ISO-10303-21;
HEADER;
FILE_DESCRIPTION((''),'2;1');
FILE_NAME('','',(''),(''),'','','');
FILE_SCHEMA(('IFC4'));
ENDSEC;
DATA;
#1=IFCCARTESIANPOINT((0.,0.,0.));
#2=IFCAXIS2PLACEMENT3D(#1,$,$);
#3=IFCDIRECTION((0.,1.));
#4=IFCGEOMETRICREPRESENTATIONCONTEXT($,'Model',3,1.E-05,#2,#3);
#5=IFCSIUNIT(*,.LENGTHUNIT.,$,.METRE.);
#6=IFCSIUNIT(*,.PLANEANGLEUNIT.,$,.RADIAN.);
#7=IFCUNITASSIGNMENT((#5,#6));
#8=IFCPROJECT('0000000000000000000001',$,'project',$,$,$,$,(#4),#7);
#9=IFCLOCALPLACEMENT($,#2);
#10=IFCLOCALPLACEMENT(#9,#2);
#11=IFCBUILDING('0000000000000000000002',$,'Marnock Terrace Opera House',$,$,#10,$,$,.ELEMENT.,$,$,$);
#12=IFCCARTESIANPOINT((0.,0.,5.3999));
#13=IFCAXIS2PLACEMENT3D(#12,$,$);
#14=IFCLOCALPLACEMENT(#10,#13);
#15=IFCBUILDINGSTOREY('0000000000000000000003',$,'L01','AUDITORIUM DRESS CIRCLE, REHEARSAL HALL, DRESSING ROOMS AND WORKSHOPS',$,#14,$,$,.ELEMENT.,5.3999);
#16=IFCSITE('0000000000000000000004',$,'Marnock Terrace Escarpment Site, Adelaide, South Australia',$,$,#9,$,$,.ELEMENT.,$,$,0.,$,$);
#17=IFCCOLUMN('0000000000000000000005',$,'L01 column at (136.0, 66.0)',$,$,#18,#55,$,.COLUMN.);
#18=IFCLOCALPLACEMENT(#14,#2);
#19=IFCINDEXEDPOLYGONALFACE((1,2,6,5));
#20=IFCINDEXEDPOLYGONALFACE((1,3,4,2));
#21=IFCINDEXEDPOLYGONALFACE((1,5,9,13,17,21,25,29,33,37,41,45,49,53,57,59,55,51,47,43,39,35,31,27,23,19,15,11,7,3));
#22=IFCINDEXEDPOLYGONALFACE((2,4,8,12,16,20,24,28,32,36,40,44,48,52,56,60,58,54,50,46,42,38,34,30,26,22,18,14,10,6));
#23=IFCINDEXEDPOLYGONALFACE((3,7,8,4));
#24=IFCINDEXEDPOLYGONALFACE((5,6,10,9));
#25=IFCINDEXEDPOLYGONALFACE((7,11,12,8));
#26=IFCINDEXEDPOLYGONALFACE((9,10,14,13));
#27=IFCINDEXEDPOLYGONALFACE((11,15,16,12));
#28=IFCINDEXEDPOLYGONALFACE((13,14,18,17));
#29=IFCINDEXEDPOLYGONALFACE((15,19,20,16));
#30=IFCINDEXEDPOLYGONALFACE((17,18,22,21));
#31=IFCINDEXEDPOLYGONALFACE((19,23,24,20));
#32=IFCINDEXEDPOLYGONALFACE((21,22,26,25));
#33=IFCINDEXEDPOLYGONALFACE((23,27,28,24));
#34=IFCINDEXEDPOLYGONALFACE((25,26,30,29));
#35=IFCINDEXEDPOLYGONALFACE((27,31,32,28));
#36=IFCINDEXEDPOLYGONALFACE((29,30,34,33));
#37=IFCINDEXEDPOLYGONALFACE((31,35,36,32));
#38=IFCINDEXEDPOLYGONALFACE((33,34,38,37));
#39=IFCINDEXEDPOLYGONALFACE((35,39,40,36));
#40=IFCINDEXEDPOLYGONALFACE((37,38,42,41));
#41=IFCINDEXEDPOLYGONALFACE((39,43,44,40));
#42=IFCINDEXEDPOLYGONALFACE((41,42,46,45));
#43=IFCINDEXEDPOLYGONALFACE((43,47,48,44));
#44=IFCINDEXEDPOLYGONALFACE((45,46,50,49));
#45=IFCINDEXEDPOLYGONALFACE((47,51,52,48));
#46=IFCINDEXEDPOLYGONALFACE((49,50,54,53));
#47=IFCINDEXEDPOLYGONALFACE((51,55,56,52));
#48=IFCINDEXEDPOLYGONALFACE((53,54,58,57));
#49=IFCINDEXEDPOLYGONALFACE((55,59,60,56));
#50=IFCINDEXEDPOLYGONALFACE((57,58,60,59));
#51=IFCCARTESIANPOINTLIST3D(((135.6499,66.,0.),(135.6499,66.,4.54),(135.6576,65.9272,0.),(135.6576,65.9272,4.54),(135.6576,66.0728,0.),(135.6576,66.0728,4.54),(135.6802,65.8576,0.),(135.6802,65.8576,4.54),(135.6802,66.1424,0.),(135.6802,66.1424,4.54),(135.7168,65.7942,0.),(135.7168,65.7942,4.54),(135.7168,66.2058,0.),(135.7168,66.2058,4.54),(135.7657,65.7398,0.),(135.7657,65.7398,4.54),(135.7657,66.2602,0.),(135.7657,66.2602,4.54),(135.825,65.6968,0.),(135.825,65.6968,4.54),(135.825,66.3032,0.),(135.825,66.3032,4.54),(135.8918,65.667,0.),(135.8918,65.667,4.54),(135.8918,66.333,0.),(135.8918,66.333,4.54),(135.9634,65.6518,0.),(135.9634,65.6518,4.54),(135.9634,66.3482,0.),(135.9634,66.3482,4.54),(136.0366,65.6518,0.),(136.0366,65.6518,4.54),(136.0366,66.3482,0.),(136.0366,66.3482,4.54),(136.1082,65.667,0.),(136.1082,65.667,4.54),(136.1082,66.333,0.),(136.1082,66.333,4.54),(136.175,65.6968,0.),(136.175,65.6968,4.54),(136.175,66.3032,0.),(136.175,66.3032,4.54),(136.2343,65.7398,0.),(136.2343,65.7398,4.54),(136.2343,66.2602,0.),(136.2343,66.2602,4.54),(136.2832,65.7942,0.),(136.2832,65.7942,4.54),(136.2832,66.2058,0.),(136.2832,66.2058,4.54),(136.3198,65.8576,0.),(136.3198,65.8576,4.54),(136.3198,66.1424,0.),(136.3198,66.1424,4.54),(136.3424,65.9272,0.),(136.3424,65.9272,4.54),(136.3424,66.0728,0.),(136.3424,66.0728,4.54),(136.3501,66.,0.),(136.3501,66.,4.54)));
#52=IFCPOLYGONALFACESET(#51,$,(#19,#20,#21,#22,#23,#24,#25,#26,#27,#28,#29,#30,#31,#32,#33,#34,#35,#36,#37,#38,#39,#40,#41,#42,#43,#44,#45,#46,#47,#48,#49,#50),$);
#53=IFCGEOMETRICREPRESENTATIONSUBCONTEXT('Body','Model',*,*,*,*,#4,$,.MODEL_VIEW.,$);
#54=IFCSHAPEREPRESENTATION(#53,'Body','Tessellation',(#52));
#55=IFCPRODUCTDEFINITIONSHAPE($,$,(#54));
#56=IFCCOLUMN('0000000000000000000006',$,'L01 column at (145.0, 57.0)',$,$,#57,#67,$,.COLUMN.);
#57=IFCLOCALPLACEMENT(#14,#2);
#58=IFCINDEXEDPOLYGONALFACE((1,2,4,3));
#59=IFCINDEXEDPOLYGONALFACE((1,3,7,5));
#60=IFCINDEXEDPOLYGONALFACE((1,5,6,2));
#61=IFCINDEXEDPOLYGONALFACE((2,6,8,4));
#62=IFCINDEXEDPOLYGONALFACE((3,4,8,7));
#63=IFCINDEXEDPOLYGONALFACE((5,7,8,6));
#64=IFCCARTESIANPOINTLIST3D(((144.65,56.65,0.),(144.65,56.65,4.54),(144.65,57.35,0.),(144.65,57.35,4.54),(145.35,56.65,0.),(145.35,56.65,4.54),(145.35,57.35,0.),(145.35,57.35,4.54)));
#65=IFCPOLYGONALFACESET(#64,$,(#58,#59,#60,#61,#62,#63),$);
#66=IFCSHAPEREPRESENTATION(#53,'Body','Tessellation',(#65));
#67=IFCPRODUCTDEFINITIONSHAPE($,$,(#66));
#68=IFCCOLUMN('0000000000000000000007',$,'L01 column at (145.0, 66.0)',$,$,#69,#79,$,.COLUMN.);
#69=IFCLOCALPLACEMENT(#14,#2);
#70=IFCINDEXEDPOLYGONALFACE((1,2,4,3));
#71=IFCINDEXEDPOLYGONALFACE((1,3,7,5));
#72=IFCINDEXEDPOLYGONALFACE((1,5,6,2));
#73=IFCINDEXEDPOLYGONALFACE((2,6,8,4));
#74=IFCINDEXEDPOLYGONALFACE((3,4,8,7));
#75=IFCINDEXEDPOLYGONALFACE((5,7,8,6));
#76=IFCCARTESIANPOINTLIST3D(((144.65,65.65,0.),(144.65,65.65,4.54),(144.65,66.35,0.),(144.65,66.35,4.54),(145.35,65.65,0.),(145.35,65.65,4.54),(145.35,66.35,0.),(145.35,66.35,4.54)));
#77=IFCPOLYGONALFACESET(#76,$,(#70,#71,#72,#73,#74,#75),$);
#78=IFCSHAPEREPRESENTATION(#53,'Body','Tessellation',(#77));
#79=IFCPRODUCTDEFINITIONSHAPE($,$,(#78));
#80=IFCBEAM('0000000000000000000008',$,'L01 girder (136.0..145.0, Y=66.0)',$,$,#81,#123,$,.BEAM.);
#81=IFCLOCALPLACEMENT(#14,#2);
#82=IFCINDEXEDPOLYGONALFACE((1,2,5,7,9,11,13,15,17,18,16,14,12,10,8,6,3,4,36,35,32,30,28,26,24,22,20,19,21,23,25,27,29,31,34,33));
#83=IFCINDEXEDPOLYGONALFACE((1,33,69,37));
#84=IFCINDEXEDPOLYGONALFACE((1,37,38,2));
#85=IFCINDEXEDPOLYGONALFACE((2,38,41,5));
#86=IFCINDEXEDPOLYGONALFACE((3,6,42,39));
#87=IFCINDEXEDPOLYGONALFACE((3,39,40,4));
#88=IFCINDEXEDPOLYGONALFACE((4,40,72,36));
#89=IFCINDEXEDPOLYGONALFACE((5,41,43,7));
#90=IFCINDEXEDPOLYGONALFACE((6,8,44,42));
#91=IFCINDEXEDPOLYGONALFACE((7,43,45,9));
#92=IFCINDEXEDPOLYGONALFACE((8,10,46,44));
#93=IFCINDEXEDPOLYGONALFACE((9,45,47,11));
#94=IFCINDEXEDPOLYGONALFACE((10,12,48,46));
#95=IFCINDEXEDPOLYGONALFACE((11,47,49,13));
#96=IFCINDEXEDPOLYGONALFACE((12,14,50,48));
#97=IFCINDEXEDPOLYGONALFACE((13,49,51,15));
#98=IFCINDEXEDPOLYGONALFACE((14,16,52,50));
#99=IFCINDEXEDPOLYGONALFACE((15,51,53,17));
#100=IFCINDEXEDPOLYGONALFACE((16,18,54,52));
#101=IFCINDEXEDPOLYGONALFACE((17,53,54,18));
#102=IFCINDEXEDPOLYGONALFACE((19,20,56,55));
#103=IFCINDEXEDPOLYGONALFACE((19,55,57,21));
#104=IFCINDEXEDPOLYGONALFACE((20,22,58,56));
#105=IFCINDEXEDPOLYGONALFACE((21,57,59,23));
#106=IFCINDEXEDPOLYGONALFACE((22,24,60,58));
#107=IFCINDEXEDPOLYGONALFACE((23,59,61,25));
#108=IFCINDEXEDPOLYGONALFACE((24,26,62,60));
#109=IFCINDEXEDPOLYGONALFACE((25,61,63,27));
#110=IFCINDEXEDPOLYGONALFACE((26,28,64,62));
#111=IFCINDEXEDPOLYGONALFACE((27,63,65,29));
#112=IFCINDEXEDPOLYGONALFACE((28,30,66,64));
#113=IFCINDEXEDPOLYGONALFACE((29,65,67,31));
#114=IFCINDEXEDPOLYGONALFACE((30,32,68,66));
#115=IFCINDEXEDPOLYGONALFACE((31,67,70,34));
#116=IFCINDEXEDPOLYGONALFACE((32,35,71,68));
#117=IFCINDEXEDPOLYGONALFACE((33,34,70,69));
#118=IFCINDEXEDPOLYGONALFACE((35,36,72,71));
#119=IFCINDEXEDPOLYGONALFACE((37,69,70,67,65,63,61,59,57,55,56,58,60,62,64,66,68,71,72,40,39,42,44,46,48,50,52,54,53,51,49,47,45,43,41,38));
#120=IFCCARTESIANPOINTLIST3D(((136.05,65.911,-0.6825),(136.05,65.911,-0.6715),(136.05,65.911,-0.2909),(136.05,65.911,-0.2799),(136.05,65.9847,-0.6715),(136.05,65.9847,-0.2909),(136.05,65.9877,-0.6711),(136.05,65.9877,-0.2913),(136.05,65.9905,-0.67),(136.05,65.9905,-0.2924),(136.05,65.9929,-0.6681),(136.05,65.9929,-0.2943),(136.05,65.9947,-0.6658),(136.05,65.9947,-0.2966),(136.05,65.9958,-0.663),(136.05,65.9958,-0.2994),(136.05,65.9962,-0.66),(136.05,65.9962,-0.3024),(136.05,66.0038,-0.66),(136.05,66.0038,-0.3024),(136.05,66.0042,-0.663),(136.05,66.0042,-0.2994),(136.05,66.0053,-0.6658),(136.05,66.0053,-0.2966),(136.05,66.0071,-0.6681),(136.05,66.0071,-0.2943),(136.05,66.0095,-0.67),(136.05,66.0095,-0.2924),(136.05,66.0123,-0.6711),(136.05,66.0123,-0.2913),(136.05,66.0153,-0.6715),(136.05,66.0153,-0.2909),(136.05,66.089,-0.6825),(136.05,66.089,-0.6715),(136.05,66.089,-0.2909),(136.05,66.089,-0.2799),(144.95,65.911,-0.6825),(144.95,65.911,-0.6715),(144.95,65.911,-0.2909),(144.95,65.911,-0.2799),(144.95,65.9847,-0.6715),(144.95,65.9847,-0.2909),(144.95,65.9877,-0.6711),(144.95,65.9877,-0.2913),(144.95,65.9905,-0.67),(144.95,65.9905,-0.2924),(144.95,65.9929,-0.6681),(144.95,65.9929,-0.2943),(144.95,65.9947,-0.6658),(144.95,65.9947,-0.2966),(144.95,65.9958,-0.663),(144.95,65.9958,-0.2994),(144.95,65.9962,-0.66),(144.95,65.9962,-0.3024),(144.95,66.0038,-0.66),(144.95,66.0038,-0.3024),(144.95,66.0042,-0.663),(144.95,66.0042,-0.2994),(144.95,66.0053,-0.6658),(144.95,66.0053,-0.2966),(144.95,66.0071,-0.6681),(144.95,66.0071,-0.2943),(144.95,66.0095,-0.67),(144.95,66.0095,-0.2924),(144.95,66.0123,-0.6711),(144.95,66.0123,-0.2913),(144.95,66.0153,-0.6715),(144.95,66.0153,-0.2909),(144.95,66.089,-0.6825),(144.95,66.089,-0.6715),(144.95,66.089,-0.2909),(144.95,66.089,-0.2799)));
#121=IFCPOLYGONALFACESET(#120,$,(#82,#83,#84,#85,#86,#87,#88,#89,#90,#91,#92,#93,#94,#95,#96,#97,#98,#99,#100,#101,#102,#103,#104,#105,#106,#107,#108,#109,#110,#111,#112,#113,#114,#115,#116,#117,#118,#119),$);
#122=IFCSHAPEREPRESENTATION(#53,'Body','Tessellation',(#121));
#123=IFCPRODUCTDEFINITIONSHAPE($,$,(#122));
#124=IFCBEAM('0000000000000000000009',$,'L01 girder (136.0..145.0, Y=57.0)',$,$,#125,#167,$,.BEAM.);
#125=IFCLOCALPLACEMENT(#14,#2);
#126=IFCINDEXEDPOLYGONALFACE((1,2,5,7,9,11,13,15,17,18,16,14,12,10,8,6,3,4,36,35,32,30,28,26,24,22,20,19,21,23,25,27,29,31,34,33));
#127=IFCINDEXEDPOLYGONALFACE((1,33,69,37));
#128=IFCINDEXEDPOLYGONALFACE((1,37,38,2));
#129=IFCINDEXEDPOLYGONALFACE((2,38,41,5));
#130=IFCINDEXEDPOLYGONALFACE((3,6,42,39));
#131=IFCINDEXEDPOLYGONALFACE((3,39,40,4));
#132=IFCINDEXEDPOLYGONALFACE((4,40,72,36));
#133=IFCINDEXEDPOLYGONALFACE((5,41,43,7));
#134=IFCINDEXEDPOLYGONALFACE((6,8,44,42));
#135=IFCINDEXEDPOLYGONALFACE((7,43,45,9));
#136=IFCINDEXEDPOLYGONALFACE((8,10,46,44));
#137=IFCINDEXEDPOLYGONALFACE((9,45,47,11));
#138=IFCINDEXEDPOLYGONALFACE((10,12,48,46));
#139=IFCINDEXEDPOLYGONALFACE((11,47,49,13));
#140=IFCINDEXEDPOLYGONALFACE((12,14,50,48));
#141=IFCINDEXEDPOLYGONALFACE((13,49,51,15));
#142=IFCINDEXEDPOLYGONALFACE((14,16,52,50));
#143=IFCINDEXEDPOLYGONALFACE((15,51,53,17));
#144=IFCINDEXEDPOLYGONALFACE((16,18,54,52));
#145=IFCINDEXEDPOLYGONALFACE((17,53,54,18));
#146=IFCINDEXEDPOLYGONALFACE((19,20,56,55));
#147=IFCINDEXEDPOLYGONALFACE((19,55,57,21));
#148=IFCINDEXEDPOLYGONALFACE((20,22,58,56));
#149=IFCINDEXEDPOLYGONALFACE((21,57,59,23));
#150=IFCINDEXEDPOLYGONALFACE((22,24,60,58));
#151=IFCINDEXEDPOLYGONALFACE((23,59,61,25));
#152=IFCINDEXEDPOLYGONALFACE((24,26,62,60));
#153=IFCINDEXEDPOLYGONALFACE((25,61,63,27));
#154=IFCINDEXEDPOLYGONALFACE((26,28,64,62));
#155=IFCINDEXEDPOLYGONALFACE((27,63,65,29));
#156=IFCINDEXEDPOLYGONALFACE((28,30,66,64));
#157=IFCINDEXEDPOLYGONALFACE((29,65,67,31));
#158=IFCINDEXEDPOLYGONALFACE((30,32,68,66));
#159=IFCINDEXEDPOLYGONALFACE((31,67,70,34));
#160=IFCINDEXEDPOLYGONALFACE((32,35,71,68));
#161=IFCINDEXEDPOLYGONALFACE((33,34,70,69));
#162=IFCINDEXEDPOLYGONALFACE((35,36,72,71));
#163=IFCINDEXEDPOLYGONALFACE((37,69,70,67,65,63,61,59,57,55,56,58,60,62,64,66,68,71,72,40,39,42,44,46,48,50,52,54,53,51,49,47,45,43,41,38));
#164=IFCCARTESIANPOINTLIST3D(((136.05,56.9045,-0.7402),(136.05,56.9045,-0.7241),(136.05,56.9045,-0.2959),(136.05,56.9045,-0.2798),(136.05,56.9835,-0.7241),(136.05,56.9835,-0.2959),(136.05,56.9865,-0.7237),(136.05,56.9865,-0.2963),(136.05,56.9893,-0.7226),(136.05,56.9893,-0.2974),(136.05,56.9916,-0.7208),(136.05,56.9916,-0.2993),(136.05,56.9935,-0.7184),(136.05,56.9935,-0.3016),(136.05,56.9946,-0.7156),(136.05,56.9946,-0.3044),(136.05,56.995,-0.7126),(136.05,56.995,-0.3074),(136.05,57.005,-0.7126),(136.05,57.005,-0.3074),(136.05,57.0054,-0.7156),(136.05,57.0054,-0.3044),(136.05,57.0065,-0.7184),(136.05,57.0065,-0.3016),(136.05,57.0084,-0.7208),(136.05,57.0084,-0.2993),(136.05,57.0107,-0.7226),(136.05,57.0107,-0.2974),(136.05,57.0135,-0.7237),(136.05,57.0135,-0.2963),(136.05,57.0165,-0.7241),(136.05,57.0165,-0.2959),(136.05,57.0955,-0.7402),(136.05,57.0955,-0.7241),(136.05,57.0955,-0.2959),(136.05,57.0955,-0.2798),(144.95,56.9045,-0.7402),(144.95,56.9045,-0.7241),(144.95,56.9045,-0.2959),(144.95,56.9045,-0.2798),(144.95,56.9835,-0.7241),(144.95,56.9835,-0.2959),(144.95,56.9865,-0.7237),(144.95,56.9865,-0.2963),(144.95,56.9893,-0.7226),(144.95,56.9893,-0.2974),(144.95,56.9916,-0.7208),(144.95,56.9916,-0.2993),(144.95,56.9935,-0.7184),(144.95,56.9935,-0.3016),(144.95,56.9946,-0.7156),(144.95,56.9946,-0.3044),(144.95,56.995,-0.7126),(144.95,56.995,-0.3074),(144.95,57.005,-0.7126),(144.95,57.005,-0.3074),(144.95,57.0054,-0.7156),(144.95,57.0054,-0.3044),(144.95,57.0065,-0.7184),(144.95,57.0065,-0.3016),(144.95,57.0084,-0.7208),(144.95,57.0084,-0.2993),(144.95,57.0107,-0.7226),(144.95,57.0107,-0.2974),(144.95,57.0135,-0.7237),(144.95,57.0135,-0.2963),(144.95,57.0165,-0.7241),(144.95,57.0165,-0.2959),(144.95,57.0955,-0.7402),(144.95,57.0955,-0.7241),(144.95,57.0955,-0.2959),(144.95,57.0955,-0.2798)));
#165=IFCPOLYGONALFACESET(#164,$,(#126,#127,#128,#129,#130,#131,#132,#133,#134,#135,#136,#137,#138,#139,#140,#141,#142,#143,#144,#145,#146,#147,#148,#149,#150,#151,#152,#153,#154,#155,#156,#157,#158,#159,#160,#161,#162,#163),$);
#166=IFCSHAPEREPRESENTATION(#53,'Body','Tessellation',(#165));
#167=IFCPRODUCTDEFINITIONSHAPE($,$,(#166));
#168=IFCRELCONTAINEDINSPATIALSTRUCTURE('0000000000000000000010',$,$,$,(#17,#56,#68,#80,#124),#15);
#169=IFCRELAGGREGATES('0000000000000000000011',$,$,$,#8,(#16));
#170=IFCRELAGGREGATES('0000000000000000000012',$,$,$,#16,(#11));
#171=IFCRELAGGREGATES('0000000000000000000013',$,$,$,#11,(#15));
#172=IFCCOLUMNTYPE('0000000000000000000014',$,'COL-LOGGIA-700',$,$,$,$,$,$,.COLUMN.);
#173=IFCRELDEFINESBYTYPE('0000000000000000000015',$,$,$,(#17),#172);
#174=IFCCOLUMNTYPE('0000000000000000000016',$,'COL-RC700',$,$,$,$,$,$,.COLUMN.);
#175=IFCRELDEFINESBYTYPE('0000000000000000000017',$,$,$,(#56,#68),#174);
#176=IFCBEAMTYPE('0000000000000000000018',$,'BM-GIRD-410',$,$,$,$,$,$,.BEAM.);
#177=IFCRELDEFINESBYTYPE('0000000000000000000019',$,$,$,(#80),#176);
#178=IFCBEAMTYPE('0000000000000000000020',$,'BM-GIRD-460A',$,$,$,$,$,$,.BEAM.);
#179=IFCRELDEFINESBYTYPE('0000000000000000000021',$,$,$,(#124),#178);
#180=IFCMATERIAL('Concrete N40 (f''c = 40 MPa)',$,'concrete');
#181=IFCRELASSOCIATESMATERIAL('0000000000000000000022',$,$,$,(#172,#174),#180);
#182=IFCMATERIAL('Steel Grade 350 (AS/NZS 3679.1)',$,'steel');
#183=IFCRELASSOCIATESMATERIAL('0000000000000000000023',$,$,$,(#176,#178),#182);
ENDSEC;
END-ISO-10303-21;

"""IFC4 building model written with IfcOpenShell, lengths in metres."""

from ifc_helpers import new_model, si_unit, direction, frame, origin, origin_2d, place, context, subcontext, project, spatial, rectangle, circle, i_section, extrude, material, material_profile, profile_set, type_object, element, save


model = new_model("IFC4")

# Units and contexts
model_context = context("Model", 3, precision=1e-05, world=origin(), true_north=direction((0.0, 1.0)))
body_context = subcontext(model_context, "Body", "Model", "MODEL_VIEW")
ifc_project = project(units=[si_unit("LENGTHUNIT", "METRE"), si_unit("PLANEANGLEUNIT", "RADIAN")], contexts=[model_context])

# Site, building, storey
site_placement = place(None, origin())
site = spatial("IfcSite", under=ifc_project, at=site_placement, Name="Marnock Terrace Escarpment Site, Adelaide, South Australia", CompositionType="ELEMENT", RefElevation=0.0)
building_placement = place(site_placement, origin())
building = spatial("IfcBuilding", under=site, at=building_placement, Name="Marnock Terrace Opera House", CompositionType="ELEMENT")
storey_placement = place(building_placement, frame((0.0, 0.0, 5.3999)))
storey = spatial("IfcBuildingStorey", under=building, at=storey_placement, Name="L01", Description="AUDITORIUM DRESS CIRCLE, REHEARSAL HALL, DRESSING ROOMS AND WORKSHOPS", CompositionType="ELEMENT", Elevation=5.3999)

# Columns
ifc_material_1 = material(Name="Concrete N40 (f'c = 40 MPa)", Category="concrete")
ifc_material_profile_1 = material_profile(ifc_material_1, circle(Radius=0.3501, at=origin_2d()))
ifc_profile_set_1 = profile_set([ifc_material_profile_1], Name="Concrete N40 (f'c = 40 MPa)")
column_type_1 = type_object("IfcColumnType", Name="COL-LOGGIA-700", PredefinedType="COLUMN", material=ifc_profile_set_1)
column_placement = place(storey_placement, frame((136.0, 66.0, 0.0), z_axis=(0.0, 0.0, 1.0), x_axis=(1.0, 0.0, 0.0)))
element("IfcColumn", 1, at=column_placement, inside=storey, type_object=column_type_1, Name="L01 column at (136.0, 66.0)", PredefinedType="COLUMN", context=body_context, shape_type="SweptSolid", body=[
    extrude(circle(Radius=0.3501, at=origin_2d()), origin(), (0.0, 0.0, 1.0), 4.54),
])
ifc_material_profile_2 = material_profile(ifc_material_1, rectangle(XDim=0.7, YDim=0.7, at=origin_2d()))
ifc_profile_set_2 = profile_set([ifc_material_profile_2], Name="Concrete N40 (f'c = 40 MPa)")
column_type_2 = type_object("IfcColumnType", Name="COL-RC700", PredefinedType="COLUMN", material=ifc_profile_set_2)
for number, where, z_axis, x_axis, name in (
    (2, (145.0, 57.0, 0.0), (0.0, 0.0, 1.0), (1.0, 0.0, 0.0), "L01 column at (145.0, 57.0)"),
    (3, (145.0, 66.0, 0.0), (0.0, 0.0, 1.0), (1.0, 0.0, 0.0), "L01 column at (145.0, 66.0)"),
):
    element("IfcColumn", number, at=place(storey_placement, frame(where, z_axis=z_axis, x_axis=x_axis)), inside=storey, type_object=column_type_2, Name=name, PredefinedType="COLUMN", context=body_context, shape_type="SweptSolid", body=[
        extrude(rectangle(XDim=0.7, YDim=0.7, at=origin_2d()), origin(), (0.0, 0.0, 1.0), 4.54),
    ])

# Beams
ifc_material_2 = material(Name="Steel Grade 350 (AS/NZS 3679.1)", Category="steel")
ifc_material_profile_3 = material_profile(ifc_material_2, i_section(OverallWidth=0.178, OverallDepth=0.4026, WebThickness=0.0076, FlangeThickness=0.011, FilletRadius=0.0115, at=origin_2d()))
ifc_profile_set_3 = profile_set([ifc_material_profile_3], Name="Steel Grade 350 (AS/NZS 3679.1)")
beam_type_1 = type_object("IfcBeamType", Name="BM-GIRD-410", PredefinedType="BEAM", material=ifc_profile_set_3)
beam_1_placement = place(storey_placement, frame((136.05, 66.0, -0.4812), z_axis=(1.0, 0.0, 0.0), x_axis=(0.0, 1.0, 0.0)))
element("IfcBeam", 4, at=beam_1_placement, inside=storey, type_object=beam_type_1, Name="L01 girder (136.0..145.0, Y=66.0)", PredefinedType="BEAM", context=body_context, shape_type="SweptSolid", body=[
    extrude(i_section(OverallWidth=0.178, OverallDepth=0.4026, WebThickness=0.0076, FlangeThickness=0.011, FilletRadius=0.0115, at=origin_2d()), origin(), (0.0, 0.0, 1.0), 8.8999),
])
ifc_material_profile_4 = material_profile(ifc_material_2, i_section(OverallWidth=0.1909, OverallDepth=0.4604, WebThickness=0.01, FlangeThickness=0.0161, FilletRadius=0.0115, at=origin_2d()))
ifc_profile_set_4 = profile_set([ifc_material_profile_4], Name="Steel Grade 350 (AS/NZS 3679.1)")
beam_type_2 = type_object("IfcBeamType", Name="BM-GIRD-460A", PredefinedType="BEAM", material=ifc_profile_set_4)
beam_2_placement = place(storey_placement, frame((136.05, 57.0, -0.51), z_axis=(1.0, 0.0, 0.0), x_axis=(0.0, 1.0, 0.0)))
element("IfcBeam", 5, at=beam_2_placement, inside=storey, type_object=beam_type_2, Name="L01 girder (136.0..145.0, Y=57.0)", PredefinedType="BEAM", context=body_context, shape_type="SweptSolid", body=[
    extrude(i_section(OverallWidth=0.1909, OverallDepth=0.4604, WebThickness=0.01, FlangeThickness=0.0161, FilletRadius=0.0115, at=origin_2d()), origin(), (0.0, 0.0, 1.0), 8.8999),
])

save(model, "model.ifc")
